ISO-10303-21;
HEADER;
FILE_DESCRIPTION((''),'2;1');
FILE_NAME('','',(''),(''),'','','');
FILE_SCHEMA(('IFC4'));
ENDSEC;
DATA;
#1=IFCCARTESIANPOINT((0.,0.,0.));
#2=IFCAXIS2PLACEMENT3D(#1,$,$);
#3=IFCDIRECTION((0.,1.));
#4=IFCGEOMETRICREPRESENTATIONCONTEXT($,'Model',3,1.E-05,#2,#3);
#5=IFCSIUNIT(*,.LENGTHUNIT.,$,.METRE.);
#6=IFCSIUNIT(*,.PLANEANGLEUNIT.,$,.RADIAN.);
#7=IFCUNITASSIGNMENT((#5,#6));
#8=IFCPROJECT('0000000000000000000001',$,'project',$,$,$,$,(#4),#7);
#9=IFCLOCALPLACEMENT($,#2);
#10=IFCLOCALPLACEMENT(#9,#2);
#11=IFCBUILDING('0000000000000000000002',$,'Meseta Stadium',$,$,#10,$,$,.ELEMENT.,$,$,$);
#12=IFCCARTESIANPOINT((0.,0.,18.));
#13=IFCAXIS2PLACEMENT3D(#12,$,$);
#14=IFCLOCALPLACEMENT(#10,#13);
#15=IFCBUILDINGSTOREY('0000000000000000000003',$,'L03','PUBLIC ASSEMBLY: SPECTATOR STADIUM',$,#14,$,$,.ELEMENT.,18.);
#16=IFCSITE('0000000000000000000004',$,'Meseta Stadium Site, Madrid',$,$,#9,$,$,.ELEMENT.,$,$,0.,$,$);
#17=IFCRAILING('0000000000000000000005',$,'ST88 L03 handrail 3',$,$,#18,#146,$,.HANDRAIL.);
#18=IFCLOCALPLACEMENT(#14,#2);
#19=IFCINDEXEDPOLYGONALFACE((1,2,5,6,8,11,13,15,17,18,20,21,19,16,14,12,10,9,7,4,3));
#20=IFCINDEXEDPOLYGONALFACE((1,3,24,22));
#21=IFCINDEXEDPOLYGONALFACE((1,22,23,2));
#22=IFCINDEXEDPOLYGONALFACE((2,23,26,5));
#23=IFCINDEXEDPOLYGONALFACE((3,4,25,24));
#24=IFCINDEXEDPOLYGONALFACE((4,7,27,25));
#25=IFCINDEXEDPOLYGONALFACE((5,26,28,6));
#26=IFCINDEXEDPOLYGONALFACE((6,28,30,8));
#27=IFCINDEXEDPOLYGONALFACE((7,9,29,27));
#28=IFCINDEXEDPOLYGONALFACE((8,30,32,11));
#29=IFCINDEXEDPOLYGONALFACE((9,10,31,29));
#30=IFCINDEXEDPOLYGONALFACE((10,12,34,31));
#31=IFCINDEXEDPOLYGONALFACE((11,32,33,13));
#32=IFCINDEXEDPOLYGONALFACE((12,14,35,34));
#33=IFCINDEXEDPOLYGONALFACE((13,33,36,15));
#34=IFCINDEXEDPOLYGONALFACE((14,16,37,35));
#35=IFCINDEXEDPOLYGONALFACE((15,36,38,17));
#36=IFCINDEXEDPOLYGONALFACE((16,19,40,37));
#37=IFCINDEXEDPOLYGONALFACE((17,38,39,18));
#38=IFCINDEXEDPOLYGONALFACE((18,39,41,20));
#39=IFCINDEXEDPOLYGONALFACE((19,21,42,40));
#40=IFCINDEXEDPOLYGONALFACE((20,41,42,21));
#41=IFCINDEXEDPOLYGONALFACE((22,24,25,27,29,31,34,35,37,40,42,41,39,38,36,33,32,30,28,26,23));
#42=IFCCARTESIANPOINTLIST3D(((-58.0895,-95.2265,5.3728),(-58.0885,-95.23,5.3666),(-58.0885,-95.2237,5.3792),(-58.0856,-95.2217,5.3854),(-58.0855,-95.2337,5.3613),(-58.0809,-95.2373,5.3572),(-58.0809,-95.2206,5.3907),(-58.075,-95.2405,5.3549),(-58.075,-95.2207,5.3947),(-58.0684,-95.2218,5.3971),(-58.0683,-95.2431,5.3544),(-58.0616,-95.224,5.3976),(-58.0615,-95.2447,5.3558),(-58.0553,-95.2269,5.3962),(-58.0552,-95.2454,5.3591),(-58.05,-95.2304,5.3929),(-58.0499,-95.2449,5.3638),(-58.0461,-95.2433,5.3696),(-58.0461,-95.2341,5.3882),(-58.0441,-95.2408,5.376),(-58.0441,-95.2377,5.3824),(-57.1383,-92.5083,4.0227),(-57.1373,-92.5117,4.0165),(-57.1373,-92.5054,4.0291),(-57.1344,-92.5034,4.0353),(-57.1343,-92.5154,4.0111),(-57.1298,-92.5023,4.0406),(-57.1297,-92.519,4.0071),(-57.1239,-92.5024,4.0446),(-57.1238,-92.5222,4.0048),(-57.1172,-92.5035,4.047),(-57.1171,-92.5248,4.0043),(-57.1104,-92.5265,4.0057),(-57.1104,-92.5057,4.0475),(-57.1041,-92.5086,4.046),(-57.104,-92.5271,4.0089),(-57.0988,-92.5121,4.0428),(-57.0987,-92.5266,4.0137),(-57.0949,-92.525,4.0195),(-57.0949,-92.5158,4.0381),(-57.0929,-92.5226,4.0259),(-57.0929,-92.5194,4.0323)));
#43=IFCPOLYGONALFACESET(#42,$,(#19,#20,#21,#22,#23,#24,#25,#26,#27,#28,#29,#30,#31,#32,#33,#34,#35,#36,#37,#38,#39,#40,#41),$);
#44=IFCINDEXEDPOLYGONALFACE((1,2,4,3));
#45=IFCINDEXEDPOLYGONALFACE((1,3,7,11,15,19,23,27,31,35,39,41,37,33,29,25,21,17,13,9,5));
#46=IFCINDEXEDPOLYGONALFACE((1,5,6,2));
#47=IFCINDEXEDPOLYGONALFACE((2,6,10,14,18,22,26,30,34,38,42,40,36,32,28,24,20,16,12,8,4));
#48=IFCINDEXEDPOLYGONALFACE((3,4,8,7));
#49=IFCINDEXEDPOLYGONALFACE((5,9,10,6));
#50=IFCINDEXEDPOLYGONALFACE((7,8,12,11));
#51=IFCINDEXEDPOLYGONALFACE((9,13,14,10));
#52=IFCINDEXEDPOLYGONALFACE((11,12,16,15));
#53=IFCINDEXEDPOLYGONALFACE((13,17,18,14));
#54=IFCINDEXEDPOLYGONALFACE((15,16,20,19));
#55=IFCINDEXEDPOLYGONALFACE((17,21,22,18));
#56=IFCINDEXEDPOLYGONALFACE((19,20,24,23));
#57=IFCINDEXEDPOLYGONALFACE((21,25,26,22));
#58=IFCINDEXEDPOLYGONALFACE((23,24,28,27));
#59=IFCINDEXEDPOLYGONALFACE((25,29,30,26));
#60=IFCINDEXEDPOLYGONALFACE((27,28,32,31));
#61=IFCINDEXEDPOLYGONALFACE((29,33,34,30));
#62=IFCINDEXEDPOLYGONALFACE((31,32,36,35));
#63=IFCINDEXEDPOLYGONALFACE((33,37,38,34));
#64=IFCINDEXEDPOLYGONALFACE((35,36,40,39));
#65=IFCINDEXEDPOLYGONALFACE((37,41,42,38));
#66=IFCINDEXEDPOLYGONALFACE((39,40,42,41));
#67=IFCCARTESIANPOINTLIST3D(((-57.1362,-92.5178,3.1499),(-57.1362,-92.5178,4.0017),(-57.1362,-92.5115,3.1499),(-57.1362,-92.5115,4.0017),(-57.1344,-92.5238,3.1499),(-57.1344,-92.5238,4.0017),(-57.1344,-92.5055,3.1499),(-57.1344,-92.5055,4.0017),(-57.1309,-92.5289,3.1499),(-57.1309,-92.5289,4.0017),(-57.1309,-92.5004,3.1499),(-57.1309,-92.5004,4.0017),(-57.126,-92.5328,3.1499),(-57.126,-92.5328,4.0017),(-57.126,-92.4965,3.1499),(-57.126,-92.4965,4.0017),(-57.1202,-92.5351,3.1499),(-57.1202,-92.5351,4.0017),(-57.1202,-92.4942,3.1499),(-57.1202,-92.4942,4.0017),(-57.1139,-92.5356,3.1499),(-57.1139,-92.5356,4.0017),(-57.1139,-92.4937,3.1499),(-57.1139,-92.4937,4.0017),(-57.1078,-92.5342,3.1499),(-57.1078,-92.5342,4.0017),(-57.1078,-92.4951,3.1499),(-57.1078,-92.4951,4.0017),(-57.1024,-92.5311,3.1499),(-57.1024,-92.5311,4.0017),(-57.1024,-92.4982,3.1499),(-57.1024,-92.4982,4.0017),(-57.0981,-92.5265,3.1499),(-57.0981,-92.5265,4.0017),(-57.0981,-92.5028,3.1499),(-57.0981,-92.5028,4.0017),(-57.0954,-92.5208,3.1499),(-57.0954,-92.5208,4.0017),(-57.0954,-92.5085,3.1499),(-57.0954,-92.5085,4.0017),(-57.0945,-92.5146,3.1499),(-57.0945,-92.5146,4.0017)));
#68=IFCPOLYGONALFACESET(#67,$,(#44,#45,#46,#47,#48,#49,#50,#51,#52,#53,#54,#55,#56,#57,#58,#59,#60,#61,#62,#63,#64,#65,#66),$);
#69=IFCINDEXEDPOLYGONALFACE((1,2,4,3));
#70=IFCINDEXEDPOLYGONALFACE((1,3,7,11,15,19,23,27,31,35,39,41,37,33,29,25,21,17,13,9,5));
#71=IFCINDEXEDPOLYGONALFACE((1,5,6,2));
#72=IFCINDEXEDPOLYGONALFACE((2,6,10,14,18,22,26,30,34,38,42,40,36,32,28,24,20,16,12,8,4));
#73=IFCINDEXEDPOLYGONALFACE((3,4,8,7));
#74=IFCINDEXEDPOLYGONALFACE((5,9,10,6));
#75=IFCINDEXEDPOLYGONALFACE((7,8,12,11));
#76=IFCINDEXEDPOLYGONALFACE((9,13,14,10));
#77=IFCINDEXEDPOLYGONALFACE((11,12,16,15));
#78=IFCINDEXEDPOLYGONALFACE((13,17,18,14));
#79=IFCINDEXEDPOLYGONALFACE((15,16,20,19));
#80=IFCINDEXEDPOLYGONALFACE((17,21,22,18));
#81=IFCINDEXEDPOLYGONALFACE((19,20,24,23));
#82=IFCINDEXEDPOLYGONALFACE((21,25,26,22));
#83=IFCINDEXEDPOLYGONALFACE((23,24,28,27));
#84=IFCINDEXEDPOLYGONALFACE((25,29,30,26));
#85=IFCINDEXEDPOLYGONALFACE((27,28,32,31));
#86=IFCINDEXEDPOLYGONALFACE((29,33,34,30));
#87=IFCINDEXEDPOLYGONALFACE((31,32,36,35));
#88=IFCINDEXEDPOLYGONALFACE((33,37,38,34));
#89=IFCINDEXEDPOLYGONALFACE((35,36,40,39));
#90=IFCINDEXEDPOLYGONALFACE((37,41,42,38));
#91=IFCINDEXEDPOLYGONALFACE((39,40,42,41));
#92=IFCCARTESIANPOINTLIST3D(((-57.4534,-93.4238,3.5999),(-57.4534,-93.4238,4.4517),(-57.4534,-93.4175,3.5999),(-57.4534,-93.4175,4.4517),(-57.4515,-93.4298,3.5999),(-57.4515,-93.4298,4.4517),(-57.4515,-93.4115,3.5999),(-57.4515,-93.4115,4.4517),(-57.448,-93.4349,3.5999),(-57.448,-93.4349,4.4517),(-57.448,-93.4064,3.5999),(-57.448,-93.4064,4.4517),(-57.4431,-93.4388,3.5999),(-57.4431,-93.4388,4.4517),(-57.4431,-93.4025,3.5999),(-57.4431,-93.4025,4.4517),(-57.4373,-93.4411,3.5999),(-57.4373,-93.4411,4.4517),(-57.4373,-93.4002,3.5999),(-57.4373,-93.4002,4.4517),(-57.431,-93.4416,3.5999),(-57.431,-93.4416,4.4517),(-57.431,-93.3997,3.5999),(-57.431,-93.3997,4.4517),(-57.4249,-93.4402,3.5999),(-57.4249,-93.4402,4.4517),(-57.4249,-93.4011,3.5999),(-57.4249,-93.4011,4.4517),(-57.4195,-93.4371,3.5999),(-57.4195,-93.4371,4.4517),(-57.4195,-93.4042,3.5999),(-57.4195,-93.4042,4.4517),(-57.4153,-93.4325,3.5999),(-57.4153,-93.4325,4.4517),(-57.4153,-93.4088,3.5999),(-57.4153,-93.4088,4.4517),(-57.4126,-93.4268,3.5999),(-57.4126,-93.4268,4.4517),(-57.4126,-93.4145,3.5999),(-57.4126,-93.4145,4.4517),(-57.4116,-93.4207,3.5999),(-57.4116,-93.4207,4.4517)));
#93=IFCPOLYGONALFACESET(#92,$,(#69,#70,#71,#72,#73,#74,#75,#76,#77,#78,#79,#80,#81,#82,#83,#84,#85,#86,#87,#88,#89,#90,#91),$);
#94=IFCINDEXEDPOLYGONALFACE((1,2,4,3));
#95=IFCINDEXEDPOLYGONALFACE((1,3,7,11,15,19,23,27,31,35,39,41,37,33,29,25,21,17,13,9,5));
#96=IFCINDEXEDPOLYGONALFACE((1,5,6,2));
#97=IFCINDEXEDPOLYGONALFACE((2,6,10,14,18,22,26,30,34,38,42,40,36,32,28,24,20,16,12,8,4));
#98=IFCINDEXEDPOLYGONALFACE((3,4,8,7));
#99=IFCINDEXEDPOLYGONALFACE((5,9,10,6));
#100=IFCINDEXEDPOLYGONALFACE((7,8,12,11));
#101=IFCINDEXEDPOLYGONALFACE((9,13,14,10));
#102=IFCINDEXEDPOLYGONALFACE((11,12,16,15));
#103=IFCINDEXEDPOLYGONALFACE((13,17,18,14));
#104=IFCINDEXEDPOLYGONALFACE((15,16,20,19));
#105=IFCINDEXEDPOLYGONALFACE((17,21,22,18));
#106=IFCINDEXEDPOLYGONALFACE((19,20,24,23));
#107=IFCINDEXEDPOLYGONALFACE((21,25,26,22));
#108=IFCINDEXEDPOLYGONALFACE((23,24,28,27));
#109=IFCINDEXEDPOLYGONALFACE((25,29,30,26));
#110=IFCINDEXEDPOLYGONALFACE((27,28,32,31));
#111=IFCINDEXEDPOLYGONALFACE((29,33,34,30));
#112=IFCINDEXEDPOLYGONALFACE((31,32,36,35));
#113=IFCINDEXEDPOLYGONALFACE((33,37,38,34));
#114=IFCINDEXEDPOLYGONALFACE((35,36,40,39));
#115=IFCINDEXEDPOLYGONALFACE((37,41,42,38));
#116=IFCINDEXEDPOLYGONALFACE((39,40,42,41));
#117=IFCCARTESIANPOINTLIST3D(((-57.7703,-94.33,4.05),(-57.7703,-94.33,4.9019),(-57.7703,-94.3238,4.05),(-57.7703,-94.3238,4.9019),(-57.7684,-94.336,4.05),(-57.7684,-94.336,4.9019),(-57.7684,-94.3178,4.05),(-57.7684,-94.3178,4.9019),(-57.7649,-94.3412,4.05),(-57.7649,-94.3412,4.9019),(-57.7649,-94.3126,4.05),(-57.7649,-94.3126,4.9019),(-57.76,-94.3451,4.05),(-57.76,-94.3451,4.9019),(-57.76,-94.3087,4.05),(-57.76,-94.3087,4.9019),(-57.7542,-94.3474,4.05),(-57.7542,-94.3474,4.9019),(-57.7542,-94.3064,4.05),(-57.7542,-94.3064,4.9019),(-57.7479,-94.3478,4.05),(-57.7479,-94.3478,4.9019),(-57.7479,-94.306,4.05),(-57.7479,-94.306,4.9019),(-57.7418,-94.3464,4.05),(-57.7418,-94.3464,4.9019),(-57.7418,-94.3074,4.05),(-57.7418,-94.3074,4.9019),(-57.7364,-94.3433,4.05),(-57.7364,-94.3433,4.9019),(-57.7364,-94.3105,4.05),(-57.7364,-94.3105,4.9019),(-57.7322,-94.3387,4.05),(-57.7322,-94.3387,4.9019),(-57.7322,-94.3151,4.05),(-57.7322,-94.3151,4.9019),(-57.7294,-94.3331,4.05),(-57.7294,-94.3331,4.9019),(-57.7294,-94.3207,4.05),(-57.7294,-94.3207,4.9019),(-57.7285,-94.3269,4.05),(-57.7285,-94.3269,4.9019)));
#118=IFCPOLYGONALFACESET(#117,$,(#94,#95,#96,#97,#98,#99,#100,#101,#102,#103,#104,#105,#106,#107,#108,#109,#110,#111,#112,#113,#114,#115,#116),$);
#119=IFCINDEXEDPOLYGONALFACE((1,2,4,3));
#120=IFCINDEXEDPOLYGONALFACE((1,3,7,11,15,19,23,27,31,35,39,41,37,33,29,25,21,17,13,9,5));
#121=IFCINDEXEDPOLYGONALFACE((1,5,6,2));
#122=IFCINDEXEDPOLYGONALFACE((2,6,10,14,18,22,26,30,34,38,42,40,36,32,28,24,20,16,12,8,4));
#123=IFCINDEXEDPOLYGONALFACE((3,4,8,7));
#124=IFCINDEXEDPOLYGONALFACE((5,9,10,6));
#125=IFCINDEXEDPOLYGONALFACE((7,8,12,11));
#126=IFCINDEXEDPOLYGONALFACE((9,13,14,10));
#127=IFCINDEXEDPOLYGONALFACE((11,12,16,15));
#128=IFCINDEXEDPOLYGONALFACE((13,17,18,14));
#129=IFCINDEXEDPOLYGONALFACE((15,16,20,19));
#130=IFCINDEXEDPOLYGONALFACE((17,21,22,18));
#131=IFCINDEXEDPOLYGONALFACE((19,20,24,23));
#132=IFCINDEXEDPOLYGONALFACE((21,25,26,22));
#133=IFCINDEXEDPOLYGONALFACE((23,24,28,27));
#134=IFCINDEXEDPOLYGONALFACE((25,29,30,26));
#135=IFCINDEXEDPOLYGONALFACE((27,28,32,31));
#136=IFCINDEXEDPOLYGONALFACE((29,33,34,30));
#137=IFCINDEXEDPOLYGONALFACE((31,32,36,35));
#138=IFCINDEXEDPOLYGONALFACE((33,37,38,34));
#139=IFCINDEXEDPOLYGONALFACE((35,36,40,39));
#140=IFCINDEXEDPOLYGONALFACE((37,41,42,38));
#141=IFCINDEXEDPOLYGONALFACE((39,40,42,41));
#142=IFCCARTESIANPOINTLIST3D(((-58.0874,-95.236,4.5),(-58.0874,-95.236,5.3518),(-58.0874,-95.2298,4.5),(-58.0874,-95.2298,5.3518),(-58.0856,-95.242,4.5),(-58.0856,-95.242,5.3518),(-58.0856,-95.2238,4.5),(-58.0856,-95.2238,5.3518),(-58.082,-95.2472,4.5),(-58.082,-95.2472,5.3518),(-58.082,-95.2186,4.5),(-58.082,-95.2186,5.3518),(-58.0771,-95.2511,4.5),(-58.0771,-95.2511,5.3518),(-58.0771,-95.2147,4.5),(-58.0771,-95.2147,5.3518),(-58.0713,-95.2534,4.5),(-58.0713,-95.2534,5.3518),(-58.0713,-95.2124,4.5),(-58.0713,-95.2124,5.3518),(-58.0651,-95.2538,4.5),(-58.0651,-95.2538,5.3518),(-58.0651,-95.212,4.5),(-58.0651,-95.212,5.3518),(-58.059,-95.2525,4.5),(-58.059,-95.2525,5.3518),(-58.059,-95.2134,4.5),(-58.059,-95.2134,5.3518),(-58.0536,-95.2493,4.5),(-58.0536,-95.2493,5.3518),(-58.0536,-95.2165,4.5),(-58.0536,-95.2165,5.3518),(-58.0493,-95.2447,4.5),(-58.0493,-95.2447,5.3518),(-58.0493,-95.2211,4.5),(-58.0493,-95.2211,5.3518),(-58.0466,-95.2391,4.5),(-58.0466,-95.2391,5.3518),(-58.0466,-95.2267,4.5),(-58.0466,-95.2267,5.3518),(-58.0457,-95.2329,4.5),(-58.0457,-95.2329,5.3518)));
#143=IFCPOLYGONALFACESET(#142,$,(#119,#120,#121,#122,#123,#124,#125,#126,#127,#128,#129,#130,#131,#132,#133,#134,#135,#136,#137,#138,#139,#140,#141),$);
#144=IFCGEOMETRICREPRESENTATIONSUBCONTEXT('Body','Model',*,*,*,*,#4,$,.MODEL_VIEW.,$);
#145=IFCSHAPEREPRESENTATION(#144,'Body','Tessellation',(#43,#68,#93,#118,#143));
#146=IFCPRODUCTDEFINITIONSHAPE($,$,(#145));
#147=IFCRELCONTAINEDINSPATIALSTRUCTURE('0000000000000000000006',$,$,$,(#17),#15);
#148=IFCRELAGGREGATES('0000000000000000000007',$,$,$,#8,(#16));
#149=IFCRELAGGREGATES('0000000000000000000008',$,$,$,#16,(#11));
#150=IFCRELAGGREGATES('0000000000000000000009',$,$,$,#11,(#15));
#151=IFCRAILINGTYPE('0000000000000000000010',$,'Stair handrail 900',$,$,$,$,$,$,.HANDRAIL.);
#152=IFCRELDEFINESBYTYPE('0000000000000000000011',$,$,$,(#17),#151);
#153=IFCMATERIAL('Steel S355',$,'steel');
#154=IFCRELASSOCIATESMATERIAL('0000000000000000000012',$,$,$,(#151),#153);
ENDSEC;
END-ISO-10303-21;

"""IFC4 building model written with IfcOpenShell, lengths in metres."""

from ifc_helpers import new_model, si_unit, direction, frame, origin, origin_2d, place, context, subcontext, project, spatial, circle, extrude, material, type_object, element, save


model = new_model("IFC4")

# Units and contexts
model_context = context("Model", 3, precision=1e-05, world=origin(), true_north=direction((0.0, 1.0)))
body_context = subcontext(model_context, "Body", "Model", "MODEL_VIEW")
ifc_project = project(units=[si_unit("LENGTHUNIT", "METRE"), si_unit("PLANEANGLEUNIT", "RADIAN")], contexts=[model_context])

# Site, building, storey
site_placement = place(None, origin())
site = spatial("IfcSite", under=ifc_project, at=site_placement, Name="Meseta Stadium Site, Madrid", CompositionType="ELEMENT", RefElevation=0.0)
building_placement = place(site_placement, origin())
building = spatial("IfcBuilding", under=site, at=building_placement, Name="Meseta Stadium", CompositionType="ELEMENT")
storey_placement = place(building_placement, frame((0.0, 0.0, 18.0)))
storey = spatial("IfcBuildingStorey", under=building, at=storey_placement, Name="L03", Description="PUBLIC ASSEMBLY: SPECTATOR STADIUM", CompositionType="ELEMENT", Elevation=18.0)

# Railing
ifc_material_1 = material(Name="Steel S355", Category="steel")
railing_type_1 = type_object("IfcRailingType", Name="Stair handrail 900", PredefinedType="HANDRAIL", material=ifc_material_1)
for number, where, name in (
    (1, (-57.1155, -92.5146, 3.1499), "ST88 L03 handrail 3"),
):
    element("IfcRailing", number, at=place(storey_placement, frame(where)), inside=storey, type_object=railing_type_1, Name=name, PredefinedType="HANDRAIL", context=body_context, shape_type="SweptSolid", body=[
        extrude(circle(Radius=0.0239, at=origin_2d()), frame((0.0, 0.0, 0.876), z_axis=(-0.299051, -0.854629, 0.424474), x_axis=(0.943882, -0.330282, 0.0)), (0.0, 0.0, 1.0), 3.1807),
        extrude(circle(Radius=0.021, at=origin_2d()), origin(), (0.0, 0.0, 1.0), 0.8518),
        extrude(circle(Radius=0.021, at=origin_2d()), frame((-0.3171, -0.906, 0.45)), (0.0, 0.0, 1.0), 0.8518),
        extrude(circle(Radius=0.021, at=origin_2d()), frame((-0.634, -1.8123, 0.9001)), (0.0, 0.0, 1.0), 0.8518),
        extrude(circle(Radius=0.021, at=origin_2d()), frame((-0.9512, -2.7183, 1.3501)), (0.0, 0.0, 1.0), 0.8518),
    ])

save(model, "model.ifc")
